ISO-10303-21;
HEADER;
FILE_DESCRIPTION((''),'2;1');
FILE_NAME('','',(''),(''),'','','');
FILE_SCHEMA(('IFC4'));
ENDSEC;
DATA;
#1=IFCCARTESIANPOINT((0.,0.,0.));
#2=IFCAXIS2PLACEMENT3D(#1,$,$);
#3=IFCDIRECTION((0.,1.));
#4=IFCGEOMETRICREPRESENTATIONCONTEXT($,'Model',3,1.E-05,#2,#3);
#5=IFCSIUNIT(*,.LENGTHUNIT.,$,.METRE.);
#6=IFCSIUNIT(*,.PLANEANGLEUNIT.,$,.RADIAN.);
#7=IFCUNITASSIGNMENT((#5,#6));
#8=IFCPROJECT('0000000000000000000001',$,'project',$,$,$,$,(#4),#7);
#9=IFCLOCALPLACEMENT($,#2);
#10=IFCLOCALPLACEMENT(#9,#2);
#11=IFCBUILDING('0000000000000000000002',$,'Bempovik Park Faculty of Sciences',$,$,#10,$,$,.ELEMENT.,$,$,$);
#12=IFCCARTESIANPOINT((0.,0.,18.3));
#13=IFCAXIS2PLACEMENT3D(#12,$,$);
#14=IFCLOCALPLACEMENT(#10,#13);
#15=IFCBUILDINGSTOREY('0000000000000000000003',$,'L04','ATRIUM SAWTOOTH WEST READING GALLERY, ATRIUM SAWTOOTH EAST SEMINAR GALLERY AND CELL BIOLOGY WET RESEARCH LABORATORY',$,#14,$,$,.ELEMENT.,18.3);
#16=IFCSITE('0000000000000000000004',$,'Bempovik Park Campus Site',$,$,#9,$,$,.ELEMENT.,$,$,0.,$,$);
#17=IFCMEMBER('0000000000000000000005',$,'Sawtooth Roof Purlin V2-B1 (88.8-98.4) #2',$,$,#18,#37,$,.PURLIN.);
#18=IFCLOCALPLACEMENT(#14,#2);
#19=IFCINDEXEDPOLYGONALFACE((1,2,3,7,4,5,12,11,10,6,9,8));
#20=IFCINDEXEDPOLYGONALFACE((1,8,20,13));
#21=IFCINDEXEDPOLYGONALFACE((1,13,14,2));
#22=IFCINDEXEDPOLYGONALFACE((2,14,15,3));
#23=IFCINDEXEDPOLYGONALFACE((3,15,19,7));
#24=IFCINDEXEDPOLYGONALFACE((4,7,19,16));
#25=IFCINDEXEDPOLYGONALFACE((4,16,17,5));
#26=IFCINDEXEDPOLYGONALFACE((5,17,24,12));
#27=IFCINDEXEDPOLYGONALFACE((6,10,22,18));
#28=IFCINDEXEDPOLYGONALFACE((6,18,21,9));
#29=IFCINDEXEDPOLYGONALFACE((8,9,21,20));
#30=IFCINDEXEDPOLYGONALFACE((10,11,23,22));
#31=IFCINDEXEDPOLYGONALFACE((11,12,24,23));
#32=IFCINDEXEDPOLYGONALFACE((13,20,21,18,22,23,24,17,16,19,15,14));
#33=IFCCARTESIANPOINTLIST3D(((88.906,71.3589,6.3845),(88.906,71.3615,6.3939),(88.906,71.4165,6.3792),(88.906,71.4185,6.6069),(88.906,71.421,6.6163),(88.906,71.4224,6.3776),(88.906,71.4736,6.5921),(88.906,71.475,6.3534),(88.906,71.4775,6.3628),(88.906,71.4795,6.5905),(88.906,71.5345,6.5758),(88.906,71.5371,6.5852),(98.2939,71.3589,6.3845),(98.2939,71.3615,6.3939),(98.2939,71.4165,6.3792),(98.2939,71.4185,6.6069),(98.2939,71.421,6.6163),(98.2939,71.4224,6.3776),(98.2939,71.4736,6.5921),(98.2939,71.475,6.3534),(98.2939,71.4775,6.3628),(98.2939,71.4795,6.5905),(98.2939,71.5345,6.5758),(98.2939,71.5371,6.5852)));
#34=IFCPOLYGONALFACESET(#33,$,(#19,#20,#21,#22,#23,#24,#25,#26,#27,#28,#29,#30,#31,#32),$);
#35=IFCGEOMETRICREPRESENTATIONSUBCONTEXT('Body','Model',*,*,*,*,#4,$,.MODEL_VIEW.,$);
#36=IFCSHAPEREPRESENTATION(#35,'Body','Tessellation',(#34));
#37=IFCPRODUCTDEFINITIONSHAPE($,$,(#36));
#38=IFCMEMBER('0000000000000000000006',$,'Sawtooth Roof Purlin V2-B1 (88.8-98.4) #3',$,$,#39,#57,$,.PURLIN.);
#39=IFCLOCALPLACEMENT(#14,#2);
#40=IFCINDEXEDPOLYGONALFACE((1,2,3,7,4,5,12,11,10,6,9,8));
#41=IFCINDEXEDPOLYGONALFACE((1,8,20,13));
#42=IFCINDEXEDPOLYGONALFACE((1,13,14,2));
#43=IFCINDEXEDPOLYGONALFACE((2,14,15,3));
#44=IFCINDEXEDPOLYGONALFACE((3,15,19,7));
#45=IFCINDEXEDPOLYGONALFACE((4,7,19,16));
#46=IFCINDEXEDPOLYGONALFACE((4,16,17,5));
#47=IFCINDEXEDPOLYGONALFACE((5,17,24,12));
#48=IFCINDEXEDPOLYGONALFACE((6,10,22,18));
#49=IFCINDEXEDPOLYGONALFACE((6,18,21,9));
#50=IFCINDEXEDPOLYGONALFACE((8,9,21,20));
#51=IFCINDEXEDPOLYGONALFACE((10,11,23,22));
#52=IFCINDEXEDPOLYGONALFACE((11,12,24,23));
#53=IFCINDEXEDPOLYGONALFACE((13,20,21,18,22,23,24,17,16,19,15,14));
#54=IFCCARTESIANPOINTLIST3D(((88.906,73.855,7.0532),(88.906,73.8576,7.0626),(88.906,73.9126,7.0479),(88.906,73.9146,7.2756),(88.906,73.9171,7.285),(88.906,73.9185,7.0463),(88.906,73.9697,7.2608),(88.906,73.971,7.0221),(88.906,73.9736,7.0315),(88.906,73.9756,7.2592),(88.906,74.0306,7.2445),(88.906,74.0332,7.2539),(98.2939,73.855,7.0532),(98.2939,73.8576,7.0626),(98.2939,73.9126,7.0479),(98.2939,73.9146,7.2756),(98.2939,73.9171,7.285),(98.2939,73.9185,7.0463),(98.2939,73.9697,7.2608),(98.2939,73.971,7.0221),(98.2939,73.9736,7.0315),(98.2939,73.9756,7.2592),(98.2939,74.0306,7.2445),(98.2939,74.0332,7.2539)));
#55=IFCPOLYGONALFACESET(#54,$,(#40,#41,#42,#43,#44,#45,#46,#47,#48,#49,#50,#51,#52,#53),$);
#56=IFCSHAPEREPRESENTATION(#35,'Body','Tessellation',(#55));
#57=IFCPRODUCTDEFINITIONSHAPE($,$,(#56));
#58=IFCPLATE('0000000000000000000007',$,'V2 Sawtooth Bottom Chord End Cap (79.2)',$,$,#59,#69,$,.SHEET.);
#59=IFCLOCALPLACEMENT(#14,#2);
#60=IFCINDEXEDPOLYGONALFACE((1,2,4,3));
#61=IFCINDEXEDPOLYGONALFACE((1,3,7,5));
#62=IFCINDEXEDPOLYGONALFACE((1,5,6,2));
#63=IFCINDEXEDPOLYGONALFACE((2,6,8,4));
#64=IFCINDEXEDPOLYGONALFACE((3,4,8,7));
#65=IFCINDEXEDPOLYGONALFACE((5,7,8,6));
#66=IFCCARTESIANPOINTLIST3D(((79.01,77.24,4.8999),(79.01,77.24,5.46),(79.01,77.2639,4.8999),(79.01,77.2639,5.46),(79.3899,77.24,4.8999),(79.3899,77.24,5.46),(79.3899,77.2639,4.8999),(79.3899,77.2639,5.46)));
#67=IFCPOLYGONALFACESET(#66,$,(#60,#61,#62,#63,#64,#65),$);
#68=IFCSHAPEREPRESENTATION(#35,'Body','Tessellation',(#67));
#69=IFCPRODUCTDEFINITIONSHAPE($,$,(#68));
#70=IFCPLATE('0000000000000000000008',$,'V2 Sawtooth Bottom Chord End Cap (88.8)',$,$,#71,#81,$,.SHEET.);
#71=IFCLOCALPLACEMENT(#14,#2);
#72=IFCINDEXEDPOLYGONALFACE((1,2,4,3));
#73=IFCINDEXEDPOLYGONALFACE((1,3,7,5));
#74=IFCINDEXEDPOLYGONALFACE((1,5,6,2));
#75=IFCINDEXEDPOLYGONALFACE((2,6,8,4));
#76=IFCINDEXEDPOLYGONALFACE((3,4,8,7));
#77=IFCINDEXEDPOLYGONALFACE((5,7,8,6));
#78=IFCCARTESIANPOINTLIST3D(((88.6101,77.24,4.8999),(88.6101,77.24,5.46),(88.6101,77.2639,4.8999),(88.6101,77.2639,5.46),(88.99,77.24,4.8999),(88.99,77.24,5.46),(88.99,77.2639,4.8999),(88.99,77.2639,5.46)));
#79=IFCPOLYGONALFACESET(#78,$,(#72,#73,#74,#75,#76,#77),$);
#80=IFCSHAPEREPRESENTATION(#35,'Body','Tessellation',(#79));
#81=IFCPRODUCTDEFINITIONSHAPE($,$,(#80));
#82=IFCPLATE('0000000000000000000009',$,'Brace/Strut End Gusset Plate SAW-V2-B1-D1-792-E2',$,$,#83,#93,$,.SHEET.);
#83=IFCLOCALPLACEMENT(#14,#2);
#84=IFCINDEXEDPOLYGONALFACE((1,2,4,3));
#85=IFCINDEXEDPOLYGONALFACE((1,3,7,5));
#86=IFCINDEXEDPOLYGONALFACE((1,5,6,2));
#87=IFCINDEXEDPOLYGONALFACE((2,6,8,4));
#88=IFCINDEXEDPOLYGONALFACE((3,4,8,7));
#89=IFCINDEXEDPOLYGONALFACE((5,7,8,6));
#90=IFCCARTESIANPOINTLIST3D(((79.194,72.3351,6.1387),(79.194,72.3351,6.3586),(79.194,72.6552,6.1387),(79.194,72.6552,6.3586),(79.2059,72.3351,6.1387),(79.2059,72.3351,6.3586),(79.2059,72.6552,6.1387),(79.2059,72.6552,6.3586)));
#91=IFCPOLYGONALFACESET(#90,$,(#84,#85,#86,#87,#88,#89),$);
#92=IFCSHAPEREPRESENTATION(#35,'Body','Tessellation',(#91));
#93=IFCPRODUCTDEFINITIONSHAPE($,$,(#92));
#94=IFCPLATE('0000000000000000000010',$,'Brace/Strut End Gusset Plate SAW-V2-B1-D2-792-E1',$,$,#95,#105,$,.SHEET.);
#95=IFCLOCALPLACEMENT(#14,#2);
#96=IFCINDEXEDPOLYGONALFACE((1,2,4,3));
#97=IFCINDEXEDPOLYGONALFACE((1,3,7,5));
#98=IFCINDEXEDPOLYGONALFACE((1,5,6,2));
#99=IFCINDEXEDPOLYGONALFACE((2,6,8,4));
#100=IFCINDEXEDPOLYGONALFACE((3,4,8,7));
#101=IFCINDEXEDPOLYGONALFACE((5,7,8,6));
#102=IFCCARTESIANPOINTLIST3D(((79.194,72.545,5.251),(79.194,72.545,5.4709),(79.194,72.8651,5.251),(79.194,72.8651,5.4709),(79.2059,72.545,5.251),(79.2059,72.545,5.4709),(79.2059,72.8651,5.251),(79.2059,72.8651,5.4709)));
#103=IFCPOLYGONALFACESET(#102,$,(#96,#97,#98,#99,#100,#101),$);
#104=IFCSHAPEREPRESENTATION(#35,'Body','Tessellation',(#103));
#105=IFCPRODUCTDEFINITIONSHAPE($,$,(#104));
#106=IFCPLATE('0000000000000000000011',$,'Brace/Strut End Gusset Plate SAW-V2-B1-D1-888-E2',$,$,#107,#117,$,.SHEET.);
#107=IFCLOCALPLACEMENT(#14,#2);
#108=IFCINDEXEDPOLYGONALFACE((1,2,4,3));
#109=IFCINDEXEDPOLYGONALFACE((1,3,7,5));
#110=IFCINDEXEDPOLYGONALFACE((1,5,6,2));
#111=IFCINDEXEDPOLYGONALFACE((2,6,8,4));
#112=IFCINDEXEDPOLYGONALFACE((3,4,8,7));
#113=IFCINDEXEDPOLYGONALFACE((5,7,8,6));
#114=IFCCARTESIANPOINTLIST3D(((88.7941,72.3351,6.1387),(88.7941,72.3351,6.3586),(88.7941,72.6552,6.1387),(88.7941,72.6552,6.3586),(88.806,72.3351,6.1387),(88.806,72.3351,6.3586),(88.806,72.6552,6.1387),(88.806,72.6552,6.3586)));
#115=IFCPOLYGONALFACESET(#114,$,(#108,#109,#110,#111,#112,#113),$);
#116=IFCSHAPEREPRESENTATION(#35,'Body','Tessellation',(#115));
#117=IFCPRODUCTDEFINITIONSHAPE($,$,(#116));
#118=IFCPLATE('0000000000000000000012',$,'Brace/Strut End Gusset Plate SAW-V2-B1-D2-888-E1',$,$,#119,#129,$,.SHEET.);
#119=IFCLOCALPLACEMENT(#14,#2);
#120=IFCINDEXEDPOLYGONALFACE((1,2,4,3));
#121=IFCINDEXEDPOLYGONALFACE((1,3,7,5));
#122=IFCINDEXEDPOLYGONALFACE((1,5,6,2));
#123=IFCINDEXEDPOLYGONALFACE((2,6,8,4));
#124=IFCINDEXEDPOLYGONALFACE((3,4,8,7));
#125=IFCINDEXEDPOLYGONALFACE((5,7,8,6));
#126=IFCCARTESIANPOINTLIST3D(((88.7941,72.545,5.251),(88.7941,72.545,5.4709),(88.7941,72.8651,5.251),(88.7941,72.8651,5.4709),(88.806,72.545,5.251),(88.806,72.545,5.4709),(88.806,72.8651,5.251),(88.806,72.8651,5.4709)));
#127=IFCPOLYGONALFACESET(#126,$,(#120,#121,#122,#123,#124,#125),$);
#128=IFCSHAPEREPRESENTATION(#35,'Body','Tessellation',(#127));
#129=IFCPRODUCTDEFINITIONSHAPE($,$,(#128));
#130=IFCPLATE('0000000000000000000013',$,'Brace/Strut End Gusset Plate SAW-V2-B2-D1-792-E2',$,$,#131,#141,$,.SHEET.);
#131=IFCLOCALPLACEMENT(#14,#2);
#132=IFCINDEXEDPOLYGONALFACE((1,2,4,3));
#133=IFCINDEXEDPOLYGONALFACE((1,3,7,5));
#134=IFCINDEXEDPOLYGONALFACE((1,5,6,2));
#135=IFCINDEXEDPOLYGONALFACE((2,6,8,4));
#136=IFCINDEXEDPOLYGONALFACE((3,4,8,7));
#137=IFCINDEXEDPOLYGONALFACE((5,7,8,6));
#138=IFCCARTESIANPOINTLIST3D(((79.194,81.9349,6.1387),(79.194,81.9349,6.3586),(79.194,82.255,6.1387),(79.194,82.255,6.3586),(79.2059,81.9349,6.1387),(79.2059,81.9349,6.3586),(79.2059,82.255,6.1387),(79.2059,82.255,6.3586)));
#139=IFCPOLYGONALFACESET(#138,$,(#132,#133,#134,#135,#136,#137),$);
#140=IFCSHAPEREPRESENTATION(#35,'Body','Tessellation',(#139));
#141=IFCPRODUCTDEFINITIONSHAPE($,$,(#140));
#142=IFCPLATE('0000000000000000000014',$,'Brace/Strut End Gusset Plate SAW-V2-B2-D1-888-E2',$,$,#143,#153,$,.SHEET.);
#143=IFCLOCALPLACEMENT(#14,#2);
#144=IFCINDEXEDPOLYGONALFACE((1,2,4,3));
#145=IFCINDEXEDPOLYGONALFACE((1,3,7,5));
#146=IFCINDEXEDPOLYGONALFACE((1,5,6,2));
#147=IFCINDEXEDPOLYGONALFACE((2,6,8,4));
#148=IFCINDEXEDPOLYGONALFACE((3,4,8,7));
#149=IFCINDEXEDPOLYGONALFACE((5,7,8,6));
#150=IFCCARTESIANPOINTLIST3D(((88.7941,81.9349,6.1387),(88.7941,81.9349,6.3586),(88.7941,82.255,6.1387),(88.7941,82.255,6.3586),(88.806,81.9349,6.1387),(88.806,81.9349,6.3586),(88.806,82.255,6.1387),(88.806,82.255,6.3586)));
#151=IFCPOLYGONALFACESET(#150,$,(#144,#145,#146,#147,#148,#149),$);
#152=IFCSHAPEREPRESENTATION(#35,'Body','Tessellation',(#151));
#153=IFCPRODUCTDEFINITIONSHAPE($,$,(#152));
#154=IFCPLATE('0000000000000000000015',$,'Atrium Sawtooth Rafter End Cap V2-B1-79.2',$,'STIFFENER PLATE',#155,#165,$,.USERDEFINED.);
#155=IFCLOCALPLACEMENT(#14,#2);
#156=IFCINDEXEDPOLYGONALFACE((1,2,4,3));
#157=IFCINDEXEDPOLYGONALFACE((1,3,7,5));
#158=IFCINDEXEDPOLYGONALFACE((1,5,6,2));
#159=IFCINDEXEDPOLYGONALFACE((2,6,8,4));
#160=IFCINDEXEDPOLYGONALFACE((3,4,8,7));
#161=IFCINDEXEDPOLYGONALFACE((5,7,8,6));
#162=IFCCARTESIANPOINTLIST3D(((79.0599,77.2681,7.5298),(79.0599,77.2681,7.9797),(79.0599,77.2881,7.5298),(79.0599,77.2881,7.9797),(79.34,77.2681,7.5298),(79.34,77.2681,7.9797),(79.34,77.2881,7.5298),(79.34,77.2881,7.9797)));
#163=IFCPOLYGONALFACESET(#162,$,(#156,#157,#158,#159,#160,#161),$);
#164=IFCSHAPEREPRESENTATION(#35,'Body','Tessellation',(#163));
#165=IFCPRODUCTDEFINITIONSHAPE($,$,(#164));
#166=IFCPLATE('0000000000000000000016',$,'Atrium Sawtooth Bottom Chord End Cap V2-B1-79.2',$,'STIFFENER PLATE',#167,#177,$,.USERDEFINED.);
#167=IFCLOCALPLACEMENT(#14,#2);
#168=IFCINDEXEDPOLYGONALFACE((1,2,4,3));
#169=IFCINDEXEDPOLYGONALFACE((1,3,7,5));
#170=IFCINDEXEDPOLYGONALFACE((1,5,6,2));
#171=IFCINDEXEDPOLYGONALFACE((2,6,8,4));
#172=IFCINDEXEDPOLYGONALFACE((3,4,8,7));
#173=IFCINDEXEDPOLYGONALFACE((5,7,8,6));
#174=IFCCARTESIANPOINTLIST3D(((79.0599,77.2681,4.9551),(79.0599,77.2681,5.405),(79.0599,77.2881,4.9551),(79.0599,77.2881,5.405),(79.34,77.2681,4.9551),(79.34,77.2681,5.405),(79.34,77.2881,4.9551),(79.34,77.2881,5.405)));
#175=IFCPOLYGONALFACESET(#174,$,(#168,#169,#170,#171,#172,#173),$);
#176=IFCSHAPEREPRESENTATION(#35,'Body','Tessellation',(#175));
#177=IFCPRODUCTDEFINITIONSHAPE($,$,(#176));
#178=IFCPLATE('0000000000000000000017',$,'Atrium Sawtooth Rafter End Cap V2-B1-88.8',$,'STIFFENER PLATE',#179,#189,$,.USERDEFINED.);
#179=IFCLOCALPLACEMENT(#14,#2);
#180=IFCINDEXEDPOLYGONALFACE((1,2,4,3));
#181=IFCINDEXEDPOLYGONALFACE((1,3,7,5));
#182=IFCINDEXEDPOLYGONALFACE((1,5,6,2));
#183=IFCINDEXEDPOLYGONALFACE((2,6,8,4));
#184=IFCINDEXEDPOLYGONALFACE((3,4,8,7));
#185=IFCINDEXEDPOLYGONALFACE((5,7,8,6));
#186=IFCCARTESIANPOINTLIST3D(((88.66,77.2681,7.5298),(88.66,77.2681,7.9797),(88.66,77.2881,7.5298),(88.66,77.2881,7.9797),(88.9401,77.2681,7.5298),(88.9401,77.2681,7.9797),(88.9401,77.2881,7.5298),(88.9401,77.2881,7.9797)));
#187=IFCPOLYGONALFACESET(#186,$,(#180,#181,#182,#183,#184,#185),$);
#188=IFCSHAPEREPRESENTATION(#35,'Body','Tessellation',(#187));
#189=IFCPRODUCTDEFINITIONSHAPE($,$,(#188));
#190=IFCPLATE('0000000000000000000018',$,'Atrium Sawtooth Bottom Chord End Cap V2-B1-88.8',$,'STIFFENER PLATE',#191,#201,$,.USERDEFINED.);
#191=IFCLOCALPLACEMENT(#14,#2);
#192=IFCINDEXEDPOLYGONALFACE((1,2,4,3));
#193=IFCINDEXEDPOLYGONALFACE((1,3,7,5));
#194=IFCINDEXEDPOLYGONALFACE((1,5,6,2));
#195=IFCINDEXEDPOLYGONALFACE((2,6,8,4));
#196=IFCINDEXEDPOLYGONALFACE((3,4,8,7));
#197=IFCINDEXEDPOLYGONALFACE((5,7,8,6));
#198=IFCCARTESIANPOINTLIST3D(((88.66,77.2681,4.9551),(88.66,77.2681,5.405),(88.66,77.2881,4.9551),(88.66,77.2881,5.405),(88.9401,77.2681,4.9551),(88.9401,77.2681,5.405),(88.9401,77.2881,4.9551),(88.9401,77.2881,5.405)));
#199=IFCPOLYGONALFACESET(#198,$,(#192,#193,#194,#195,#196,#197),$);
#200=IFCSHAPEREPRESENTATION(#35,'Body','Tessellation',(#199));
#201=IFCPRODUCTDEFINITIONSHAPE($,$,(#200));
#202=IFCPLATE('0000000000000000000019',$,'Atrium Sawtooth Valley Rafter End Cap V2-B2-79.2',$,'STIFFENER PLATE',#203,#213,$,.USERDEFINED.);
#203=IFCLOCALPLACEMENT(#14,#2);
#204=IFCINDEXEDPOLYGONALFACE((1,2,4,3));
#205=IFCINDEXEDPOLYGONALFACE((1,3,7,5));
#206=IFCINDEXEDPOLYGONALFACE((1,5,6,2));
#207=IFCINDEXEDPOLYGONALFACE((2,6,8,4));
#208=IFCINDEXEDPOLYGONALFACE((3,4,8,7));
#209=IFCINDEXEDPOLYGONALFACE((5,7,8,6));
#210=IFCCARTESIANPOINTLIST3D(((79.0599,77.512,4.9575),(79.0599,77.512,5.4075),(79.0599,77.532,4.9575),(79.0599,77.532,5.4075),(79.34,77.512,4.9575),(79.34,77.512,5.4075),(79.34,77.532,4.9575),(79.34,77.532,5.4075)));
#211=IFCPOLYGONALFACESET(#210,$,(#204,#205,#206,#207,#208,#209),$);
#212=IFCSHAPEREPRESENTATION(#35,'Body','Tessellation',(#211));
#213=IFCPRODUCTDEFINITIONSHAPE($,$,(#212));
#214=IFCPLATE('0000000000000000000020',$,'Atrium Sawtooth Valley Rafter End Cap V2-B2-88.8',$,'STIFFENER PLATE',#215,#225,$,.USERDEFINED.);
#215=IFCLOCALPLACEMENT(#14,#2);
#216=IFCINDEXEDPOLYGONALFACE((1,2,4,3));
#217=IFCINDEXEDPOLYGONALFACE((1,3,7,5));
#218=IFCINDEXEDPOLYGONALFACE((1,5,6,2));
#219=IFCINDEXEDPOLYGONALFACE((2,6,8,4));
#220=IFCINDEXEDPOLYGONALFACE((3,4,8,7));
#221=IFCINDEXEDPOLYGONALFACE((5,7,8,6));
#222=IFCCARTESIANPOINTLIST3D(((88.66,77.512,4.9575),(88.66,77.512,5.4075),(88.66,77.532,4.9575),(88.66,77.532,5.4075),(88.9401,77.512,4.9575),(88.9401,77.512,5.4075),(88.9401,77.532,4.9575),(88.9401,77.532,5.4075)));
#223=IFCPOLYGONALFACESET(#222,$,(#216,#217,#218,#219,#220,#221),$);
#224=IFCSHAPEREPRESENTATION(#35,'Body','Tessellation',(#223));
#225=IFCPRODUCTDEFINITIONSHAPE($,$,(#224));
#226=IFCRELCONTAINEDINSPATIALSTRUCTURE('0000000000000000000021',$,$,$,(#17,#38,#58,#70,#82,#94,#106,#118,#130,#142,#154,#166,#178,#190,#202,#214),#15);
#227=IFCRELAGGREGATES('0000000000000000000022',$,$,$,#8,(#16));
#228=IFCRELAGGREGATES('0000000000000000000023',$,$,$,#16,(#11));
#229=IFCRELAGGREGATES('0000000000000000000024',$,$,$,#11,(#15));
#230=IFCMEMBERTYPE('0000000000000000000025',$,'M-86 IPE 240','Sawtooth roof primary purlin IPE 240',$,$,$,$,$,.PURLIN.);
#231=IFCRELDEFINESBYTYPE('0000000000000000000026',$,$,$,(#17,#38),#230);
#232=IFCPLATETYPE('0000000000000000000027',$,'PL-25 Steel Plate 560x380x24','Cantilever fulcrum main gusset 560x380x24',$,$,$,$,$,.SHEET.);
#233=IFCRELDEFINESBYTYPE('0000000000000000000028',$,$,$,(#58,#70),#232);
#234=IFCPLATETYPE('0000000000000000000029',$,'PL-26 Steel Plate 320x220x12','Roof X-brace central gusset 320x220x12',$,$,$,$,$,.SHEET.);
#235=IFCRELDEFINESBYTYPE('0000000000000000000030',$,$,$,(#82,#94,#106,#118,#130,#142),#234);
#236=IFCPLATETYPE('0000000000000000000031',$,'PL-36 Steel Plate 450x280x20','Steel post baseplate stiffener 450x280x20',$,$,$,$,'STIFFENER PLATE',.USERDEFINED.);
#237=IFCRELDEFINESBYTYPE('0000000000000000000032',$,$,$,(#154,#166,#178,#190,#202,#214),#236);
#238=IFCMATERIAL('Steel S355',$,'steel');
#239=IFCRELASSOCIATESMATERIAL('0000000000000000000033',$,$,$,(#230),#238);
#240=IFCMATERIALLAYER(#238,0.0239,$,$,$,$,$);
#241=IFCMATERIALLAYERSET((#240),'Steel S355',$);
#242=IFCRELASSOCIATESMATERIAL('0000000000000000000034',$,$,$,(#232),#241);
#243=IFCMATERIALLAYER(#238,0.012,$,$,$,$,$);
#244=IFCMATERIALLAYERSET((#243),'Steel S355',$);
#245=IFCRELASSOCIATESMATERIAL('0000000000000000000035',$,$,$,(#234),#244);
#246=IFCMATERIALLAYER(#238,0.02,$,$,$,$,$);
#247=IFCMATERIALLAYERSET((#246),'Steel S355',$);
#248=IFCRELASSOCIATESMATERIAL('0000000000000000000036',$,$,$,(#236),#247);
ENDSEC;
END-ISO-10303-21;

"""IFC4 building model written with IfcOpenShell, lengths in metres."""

from ifc_helpers import new_model, si_unit, direction, frame, origin, origin_2d, place, context, subcontext, project, spatial, rectangle, i_section, extrude, material, layer, layer_set, material_profile, profile_set, type_object, element, save


model = new_model("IFC4")

# Units and contexts
model_context = context("Model", 3, precision=1e-05, world=origin(), true_north=direction((0.0, 1.0)))
body_context = subcontext(model_context, "Body", "Model", "MODEL_VIEW")
ifc_project = project(units=[si_unit("LENGTHUNIT", "METRE"), si_unit("PLANEANGLEUNIT", "RADIAN")], contexts=[model_context])

# Site, building, storey
site_placement = place(None, origin())
site = spatial("IfcSite", under=ifc_project, at=site_placement, Name="Bempovik Park Campus Site", CompositionType="ELEMENT", RefElevation=0.0)
building_placement = place(site_placement, origin())
building = spatial("IfcBuilding", under=site, at=building_placement, Name="Bempovik Park Faculty of Sciences", CompositionType="ELEMENT")
storey_placement = place(building_placement, frame((0.0, 0.0, 18.3)))
storey = spatial("IfcBuildingStorey", under=building, at=storey_placement, Name="L04", Description="ATRIUM SAWTOOTH WEST READING GALLERY, ATRIUM SAWTOOTH EAST SEMINAR GALLERY AND CELL BIOLOGY WET RESEARCH LABORATORY", CompositionType="ELEMENT", Elevation=18.3)

# Members
ifc_material_1 = material(Name="Steel S355", Category="steel")
ifc_material_profile_1 = material_profile(ifc_material_1, i_section(OverallWidth=0.1201, OverallDepth=0.24, WebThickness=0.0061, FlangeThickness=0.0098, at=origin_2d()), Name="IPE 240")
ifc_profile_set_1 = profile_set([ifc_material_profile_1], Name="Steel S355")
member_type_1 = type_object("IfcMemberType", Name="M-86 IPE 240", Description="Sawtooth roof primary purlin IPE 240", PredefinedType="PURLIN", material=ifc_profile_set_1)
for number, where, z_axis, x_axis, name in (
    (1, (88.906, 71.448, 6.4849), (1.0, 0.0, 0.0), (0.0, 0.965926, -0.258819), "Sawtooth Roof Purlin V2-B1 (88.8-98.4) #2"),
    (2, (88.906, 73.9441, 7.1536), (1.0, 0.0, 0.0), (0.0, 0.965926, -0.258819), "Sawtooth Roof Purlin V2-B1 (88.8-98.4) #3"),
):
    element("IfcMember", number, at=place(storey_placement, frame(where, z_axis=z_axis, x_axis=x_axis)), inside=storey, type_object=member_type_1, Name=name, PredefinedType="PURLIN", context=body_context, shape_type="SweptSolid", body=[
        extrude(i_section(OverallWidth=0.1201, OverallDepth=0.24, WebThickness=0.0061, FlangeThickness=0.0098, at=origin_2d()), origin(), (0.0, 0.0, 1.0), 9.3879),
    ])

# Plates
ifc_layer_1 = layer(ifc_material_1, 0.0239)
ifc_layer_set_1 = layer_set([ifc_layer_1], Name="Steel S355")
plate_type_1 = type_object("IfcPlateType", Name="PL-25 Steel Plate 560x380x24", Description="Cantilever fulcrum main gusset 560x380x24", PredefinedType="SHEET", material=ifc_layer_set_1)
for number, where, z_axis, x_axis, name in (
    (3, (79.2, 77.252, 4.8999), (0.0, 0.0, 1.0), (1.0, 0.0, 0.0), "V2 Sawtooth Bottom Chord End Cap (79.2)"),
    (4, (88.8, 77.252, 4.8999), (0.0, 0.0, 1.0), (1.0, 0.0, 0.0), "V2 Sawtooth Bottom Chord End Cap (88.8)"),
):
    element("IfcPlate", number, at=place(storey_placement, frame(where, z_axis=z_axis, x_axis=x_axis)), inside=storey, type_object=plate_type_1, Name=name, PredefinedType="SHEET", context=body_context, shape_type="SweptSolid", body=[
        extrude(rectangle(XDim=0.3799, YDim=0.0239, at=origin_2d()), origin(), (0.0, 0.0, 1.0), 0.5601),
    ])
ifc_layer_2 = layer(ifc_material_1, 0.012)
ifc_layer_set_2 = layer_set([ifc_layer_2], Name="Steel S355")
plate_type_2 = type_object("IfcPlateType", Name="PL-26 Steel Plate 320x220x12", Description="Roof X-brace central gusset 320x220x12", PredefinedType="SHEET", material=ifc_layer_set_2)
for number, where, z_axis, x_axis, name in (
    (5, (79.2, 72.4951, 6.1387), (0.0, 0.0, 1.0), (1.0, 0.0, 0.0), "Brace/Strut End Gusset Plate SAW-V2-B1-D1-792-E2"),
    (6, (79.2, 72.7051, 5.251), (0.0, 0.0, 1.0), (1.0, 0.0, 0.0), "Brace/Strut End Gusset Plate SAW-V2-B1-D2-792-E1"),
    (7, (88.8, 72.4951, 6.1387), (0.0, 0.0, 1.0), (1.0, 0.0, 0.0), "Brace/Strut End Gusset Plate SAW-V2-B1-D1-888-E2"),
    (8, (88.8, 72.7051, 5.251), (0.0, 0.0, 1.0), (1.0, 0.0, 0.0), "Brace/Strut End Gusset Plate SAW-V2-B1-D2-888-E1"),
    (9, (79.2, 82.095, 6.1387), (0.0, 0.0, 1.0), (1.0, 0.0, 0.0), "Brace/Strut End Gusset Plate SAW-V2-B2-D1-792-E2"),
    (10, (88.8, 82.095, 6.1387), (0.0, 0.0, 1.0), (1.0, 0.0, 0.0), "Brace/Strut End Gusset Plate SAW-V2-B2-D1-888-E2"),
):
    element("IfcPlate", number, at=place(storey_placement, frame(where, z_axis=z_axis, x_axis=x_axis)), inside=storey, type_object=plate_type_2, Name=name, PredefinedType="SHEET", context=body_context, shape_type="SweptSolid", body=[
        extrude(rectangle(XDim=0.012, YDim=0.3201, at=origin_2d()), origin(), (0.0, 0.0, 1.0), 0.22),
    ])
ifc_layer_3 = layer(ifc_material_1, 0.02)
ifc_layer_set_3 = layer_set([ifc_layer_3], Name="Steel S355")
plate_type_3 = type_object("IfcPlateType", Name="PL-36 Steel Plate 450x280x20", Description="Steel post baseplate stiffener 450x280x20", ElementType="STIFFENER PLATE", PredefinedType="USERDEFINED", material=ifc_layer_set_3)
for number, where, z_axis, x_axis, name in (
    (11, (79.2, 77.2781, 7.5298), (0.0, 0.0, 1.0), (1.0, 0.0, 0.0), "Atrium Sawtooth Rafter End Cap V2-B1-79.2"),
    (12, (79.2, 77.2781, 4.9551), (0.0, 0.0, 1.0), (1.0, 0.0, 0.0), "Atrium Sawtooth Bottom Chord End Cap V2-B1-79.2"),
    (13, (88.8, 77.2781, 7.5298), (0.0, 0.0, 1.0), (1.0, 0.0, 0.0), "Atrium Sawtooth Rafter End Cap V2-B1-88.8"),
    (14, (88.8, 77.2781, 4.9551), (0.0, 0.0, 1.0), (1.0, 0.0, 0.0), "Atrium Sawtooth Bottom Chord End Cap V2-B1-88.8"),
    (15, (79.2, 77.522, 4.9575), (0.0, 0.0, 1.0), (1.0, 0.0, 0.0), "Atrium Sawtooth Valley Rafter End Cap V2-B2-79.2"),
    (16, (88.8, 77.522, 4.9575), (0.0, 0.0, 1.0), (1.0, 0.0, 0.0), "Atrium Sawtooth Valley Rafter End Cap V2-B2-88.8"),
):
    element("IfcPlate", number, at=place(storey_placement, frame(where, z_axis=z_axis, x_axis=x_axis)), inside=storey, type_object=plate_type_3, Name=name, ObjectType="STIFFENER PLATE", PredefinedType="USERDEFINED", context=body_context, shape_type="SweptSolid", body=[
        extrude(rectangle(XDim=0.28, YDim=0.02, at=origin_2d()), origin(), (0.0, 0.0, 1.0), 0.45),
    ])

save(model, "model.ifc")
